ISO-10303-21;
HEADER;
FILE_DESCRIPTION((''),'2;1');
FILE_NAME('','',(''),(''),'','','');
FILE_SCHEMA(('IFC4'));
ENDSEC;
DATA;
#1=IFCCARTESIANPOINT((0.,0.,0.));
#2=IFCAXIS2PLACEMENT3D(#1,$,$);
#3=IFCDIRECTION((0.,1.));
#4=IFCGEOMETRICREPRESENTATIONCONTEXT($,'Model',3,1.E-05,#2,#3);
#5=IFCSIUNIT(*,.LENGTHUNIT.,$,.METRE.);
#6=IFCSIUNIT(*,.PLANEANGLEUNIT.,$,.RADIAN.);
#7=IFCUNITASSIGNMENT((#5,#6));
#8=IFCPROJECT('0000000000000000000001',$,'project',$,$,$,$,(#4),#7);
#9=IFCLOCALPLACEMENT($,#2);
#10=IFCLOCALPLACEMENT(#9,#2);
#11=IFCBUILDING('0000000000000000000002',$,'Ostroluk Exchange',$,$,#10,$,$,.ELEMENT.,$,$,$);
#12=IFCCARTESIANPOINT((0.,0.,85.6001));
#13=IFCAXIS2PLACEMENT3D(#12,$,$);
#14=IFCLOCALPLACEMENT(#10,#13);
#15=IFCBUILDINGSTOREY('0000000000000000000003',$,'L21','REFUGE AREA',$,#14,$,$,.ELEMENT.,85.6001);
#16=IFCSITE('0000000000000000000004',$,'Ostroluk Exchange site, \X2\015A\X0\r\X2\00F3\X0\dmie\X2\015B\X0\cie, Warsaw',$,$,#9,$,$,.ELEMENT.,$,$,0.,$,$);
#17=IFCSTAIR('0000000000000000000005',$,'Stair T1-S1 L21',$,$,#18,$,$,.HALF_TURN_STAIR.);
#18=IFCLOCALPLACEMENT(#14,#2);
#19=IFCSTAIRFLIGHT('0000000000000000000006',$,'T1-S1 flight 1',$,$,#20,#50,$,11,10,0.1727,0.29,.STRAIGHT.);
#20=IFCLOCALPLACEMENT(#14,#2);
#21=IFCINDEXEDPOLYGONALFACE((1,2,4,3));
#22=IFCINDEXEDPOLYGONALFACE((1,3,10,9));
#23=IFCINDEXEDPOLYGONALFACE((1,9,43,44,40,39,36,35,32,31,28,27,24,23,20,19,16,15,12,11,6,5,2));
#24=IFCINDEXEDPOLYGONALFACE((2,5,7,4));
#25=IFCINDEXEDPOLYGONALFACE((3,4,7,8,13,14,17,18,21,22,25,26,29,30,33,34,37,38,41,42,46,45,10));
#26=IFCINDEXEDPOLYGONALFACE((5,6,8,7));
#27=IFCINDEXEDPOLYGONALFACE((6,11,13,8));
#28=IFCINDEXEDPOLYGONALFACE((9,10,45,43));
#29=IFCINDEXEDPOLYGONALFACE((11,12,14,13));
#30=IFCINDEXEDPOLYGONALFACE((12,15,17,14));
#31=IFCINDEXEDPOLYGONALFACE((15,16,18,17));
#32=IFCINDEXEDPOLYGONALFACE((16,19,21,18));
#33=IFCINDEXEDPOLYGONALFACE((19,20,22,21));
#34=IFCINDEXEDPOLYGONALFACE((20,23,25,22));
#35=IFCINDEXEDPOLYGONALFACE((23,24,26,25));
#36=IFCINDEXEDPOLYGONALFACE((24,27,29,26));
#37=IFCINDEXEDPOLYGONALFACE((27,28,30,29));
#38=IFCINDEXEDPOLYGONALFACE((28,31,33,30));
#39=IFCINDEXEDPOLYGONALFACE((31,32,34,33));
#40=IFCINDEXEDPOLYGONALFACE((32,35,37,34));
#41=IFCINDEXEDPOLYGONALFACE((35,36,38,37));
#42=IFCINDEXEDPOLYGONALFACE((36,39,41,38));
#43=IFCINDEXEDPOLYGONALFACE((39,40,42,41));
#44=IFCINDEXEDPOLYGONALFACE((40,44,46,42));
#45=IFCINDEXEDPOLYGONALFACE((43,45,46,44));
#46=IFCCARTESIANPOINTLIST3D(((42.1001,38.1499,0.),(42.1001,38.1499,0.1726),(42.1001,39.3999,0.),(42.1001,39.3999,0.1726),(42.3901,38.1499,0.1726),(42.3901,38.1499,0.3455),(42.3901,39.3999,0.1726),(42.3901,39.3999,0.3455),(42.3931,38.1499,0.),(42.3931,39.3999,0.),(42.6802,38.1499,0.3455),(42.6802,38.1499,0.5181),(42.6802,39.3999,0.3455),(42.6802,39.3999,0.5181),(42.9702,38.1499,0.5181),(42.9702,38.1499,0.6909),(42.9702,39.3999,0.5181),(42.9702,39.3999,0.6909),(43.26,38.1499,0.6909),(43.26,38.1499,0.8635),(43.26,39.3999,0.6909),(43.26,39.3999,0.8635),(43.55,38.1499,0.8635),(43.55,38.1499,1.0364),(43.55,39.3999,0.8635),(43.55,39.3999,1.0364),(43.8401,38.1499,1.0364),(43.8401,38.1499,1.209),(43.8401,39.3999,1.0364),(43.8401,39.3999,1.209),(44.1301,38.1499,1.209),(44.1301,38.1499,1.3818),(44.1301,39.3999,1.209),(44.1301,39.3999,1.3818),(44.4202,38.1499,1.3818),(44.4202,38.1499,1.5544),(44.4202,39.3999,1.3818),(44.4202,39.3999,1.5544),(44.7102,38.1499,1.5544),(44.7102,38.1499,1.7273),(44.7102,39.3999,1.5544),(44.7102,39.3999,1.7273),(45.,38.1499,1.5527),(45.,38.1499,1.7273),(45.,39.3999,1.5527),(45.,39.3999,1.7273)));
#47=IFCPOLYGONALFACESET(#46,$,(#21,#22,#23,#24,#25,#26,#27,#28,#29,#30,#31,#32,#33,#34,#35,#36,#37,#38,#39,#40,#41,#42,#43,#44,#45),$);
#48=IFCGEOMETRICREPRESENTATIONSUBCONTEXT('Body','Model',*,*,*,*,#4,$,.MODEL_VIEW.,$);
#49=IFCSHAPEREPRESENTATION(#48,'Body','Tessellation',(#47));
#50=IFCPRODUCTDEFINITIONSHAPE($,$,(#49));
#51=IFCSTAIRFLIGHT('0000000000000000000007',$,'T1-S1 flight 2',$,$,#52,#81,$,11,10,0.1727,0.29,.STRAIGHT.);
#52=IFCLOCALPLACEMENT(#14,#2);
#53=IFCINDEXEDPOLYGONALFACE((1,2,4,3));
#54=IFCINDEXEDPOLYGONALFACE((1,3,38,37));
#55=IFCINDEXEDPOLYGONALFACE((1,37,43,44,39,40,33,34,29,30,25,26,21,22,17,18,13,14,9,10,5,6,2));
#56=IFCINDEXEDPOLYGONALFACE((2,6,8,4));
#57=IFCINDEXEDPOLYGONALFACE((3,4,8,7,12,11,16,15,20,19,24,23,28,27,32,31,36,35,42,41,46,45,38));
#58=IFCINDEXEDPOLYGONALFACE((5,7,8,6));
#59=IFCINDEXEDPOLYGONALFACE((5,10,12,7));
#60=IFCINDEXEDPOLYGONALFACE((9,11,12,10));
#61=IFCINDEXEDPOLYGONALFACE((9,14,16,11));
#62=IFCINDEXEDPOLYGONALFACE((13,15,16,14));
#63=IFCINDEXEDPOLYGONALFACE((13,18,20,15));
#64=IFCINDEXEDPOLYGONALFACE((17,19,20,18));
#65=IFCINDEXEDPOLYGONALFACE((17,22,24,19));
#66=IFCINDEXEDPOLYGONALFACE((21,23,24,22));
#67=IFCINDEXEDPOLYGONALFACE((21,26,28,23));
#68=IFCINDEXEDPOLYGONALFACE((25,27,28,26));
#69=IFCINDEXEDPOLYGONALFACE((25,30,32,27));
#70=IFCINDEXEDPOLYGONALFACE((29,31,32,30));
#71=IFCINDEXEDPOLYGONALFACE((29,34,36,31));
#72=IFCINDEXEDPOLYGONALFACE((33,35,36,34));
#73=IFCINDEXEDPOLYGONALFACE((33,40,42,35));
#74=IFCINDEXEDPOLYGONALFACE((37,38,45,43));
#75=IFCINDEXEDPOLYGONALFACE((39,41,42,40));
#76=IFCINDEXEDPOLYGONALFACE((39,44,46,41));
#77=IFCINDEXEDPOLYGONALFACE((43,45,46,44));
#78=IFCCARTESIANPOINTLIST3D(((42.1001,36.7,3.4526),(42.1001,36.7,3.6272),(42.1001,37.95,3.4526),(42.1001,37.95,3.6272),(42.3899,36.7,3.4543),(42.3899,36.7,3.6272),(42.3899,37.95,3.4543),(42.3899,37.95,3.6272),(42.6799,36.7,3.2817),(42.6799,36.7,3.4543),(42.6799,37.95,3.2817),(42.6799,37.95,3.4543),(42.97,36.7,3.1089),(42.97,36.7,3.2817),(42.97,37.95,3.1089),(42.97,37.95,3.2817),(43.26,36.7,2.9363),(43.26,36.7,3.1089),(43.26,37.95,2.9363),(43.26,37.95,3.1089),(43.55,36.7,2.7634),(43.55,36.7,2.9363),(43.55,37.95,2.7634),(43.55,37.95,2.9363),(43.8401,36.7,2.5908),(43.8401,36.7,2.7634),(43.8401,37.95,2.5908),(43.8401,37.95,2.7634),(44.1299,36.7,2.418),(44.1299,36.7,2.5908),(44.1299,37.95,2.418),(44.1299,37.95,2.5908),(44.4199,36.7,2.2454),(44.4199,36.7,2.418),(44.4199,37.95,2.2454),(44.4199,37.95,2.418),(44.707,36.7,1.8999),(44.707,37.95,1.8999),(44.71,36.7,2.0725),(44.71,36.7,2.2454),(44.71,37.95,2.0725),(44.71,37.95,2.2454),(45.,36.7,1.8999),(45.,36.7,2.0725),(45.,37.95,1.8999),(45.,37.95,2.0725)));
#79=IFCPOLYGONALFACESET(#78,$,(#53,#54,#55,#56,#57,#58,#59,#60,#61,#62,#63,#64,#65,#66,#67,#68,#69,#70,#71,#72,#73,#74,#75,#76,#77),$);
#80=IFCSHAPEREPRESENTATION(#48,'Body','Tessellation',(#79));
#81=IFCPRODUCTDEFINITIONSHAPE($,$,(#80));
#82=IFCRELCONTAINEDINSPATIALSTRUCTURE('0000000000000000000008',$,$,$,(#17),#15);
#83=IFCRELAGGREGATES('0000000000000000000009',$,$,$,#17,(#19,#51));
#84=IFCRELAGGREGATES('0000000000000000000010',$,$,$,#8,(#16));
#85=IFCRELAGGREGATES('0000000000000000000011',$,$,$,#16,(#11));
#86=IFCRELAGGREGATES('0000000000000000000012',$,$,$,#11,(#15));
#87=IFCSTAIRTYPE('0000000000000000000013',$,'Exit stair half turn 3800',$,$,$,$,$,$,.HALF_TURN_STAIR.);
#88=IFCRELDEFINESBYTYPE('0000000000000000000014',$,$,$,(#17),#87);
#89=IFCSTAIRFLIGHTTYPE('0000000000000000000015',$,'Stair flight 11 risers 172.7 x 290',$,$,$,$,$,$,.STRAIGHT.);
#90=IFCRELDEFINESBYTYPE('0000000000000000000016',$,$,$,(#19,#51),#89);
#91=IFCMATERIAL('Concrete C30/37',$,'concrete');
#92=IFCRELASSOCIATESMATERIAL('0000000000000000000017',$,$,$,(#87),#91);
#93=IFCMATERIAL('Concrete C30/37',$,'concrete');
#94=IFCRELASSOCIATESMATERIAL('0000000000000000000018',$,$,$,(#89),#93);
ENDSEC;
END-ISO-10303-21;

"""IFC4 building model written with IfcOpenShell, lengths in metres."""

from ifc_helpers import new_model, si_unit, direction, frame, origin, place, context, subcontext, project, spatial, polyline, outline, extrude, material, type_object, element, aggregate, save


model = new_model("IFC4")

# Units and contexts
model_context = context("Model", 3, precision=1e-05, world=origin(), true_north=direction((0.0, 1.0)))
body_context = subcontext(model_context, "Body", "Model", "MODEL_VIEW")
ifc_project = project(units=[si_unit("LENGTHUNIT", "METRE"), si_unit("PLANEANGLEUNIT", "RADIAN")], contexts=[model_context])

# Site, building, storey
site_placement = place(None, origin())
site = spatial("IfcSite", under=ifc_project, at=site_placement, Name="Ostroluk Exchange site, Śródmieście, Warsaw", CompositionType="ELEMENT", RefElevation=0.0)
building_placement = place(site_placement, origin())
building = spatial("IfcBuilding", under=site, at=building_placement, Name="Ostroluk Exchange", CompositionType="ELEMENT")
storey_placement = place(building_placement, frame((0.0, 0.0, 85.6001)))
storey = spatial("IfcBuildingStorey", under=building, at=storey_placement, Name="L21", Description="REFUGE AREA", CompositionType="ELEMENT", Elevation=85.6001)

# Stair, stair flights
ifc_material_1 = material(Name="Concrete C30/37", Category="concrete")
stair_type = type_object("IfcStairType", Name="Exit stair half turn 3800", PredefinedType="HALF_TURN_STAIR", material=ifc_material_1)
stair_placement = place(storey_placement, origin())
stair = element("IfcStair", 1, at=stair_placement, inside=storey, type_object=stair_type, Name="Stair T1-S1 L21", PredefinedType="HALF_TURN_STAIR")
ifc_material_2 = material(Name="Concrete C30/37", Category="concrete")
stair_flight_type = type_object("IfcStairFlightType", Name="Stair flight 11 risers 172.7 x 290", PredefinedType="STRAIGHT", material=ifc_material_2)
stair_flight_1_placement = place(storey_placement, frame((42.1001, 38.7749, 0.0), z_axis=(0.0, 0.0, 1.0), x_axis=(1.0, 0.0, 0.0)))
stair_flight_1 = element("IfcStairFlight", 2, at=stair_flight_1_placement, type_object=stair_flight_type, Name="T1-S1 flight 1", NumberOfRisers=11, NumberOfTreads=10, PredefinedType="STRAIGHT", RiserHeight=0.1727, TreadLength=0.29, context=body_context, shape_type="SweptSolid", body=[
    extrude(outline(polyline([(0.0, 0.0), (0.0, 0.1726), (0.29, 0.1726), (0.29, 0.3455), (0.5801, 0.3455), (0.5801, 0.5181), (0.8701, 0.5181), (0.8701, 0.6909), (1.1599, 0.6909), (1.1599, 0.8635), (1.45, 0.8635), (1.45, 1.0364), (1.74, 1.0364), (1.74, 1.209), (2.03, 1.209), (2.03, 1.3818), (2.3201, 1.3818), (2.3201, 1.5544), (2.6101, 1.5544), (2.6101, 1.7273), (2.8999, 1.7273), (2.8999, 1.8999), (2.8999, 1.5527), (0.293, 0.0), (0.0, 0.0)])), frame((0.0, 0.625, 0.0), z_axis=(0.0, -1.0, 0.0), x_axis=(1.0, 0.0, 0.0)), (0.0, 0.0, 1.0), 1.25),
])
stair_flight_2_placement = place(storey_placement, frame((45.0, 37.325, 1.8999), z_axis=(0.0, 0.0, 1.0), x_axis=(-1.0, 0.0, 0.0)))
stair_flight_2 = element("IfcStairFlight", 3, at=stair_flight_2_placement, type_object=stair_flight_type, Name="T1-S1 flight 2", NumberOfRisers=11, NumberOfTreads=10, PredefinedType="STRAIGHT", RiserHeight=0.1727, TreadLength=0.29, context=body_context, shape_type="SweptSolid", body=[
    extrude(outline(polyline([(0.0, 0.0), (0.0, 0.1726), (0.29, 0.1726), (0.29, 0.3455), (0.5801, 0.3455), (0.5801, 0.5181), (0.8701, 0.5181), (0.8701, 0.6909), (1.1599, 0.6909), (1.1599, 0.8635), (1.45, 0.8635), (1.45, 1.0364), (1.74, 1.0364), (1.74, 1.209), (2.03, 1.209), (2.03, 1.3818), (2.3201, 1.3818), (2.3201, 1.5544), (2.6101, 1.5544), (2.6101, 1.7273), (2.8999, 1.7273), (2.8999, 1.8999), (2.8999, 1.5527), (0.293, 0.0), (0.0, 0.0)])), frame((0.0, 0.625, 0.0), z_axis=(0.0, -1.0, 0.0), x_axis=(1.0, 0.0, 0.0)), (0.0, 0.0, 1.0), 1.25),
])
aggregate(stair, [stair_flight_1, stair_flight_2])

save(model, "model.ifc")
